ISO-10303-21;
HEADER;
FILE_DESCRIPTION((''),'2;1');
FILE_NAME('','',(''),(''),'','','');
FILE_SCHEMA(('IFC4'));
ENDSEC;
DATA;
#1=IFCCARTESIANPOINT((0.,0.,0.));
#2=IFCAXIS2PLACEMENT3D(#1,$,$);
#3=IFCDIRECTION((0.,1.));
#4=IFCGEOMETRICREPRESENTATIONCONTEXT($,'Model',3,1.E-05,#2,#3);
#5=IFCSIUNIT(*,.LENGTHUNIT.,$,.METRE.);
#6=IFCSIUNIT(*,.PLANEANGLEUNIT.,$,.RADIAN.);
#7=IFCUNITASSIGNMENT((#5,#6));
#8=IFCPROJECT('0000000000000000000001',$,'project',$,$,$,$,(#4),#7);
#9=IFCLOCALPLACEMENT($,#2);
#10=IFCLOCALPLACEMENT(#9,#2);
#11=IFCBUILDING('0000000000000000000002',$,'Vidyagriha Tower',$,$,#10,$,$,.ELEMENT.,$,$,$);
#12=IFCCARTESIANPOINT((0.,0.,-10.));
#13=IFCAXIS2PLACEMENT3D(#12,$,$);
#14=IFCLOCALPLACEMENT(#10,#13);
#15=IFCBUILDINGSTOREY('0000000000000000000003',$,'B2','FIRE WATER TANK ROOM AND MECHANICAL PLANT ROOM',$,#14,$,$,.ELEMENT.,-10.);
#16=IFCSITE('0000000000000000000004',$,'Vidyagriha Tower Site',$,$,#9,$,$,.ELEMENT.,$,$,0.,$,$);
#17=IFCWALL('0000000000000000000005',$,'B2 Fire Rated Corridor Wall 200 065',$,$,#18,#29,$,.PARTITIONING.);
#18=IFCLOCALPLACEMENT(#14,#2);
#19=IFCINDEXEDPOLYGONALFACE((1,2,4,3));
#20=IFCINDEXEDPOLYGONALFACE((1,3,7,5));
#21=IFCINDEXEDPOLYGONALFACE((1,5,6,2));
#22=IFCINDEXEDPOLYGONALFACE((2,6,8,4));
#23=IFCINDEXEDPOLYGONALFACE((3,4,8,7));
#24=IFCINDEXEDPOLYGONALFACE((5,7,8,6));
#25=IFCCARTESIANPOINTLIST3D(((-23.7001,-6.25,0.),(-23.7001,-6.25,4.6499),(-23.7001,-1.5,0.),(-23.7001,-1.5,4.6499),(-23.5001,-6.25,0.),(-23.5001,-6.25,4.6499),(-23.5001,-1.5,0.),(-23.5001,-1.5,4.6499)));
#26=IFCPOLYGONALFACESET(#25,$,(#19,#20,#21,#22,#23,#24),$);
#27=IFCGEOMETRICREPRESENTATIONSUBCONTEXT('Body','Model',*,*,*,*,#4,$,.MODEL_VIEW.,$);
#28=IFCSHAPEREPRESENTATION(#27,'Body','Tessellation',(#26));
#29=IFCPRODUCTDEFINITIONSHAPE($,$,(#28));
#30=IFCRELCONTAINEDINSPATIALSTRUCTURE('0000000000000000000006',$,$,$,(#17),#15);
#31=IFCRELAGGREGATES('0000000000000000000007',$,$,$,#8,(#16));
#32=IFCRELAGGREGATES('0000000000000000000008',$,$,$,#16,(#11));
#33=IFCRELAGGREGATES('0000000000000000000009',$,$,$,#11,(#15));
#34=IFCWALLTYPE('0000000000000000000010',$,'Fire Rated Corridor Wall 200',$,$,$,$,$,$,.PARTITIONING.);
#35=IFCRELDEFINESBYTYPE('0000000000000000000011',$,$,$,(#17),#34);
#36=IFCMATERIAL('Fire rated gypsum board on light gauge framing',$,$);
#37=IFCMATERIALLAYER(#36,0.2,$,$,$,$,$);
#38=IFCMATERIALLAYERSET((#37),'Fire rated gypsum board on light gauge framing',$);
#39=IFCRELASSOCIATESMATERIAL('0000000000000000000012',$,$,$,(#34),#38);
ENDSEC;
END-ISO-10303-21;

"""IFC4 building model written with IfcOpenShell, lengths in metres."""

from ifc_helpers import new_model, si_unit, direction, frame, frame_2d, origin, place, context, subcontext, project, spatial, rectangle, extrude, material, layer, layer_set, type_object, element, save


model = new_model("IFC4")

# Units and contexts
model_context = context("Model", 3, precision=1e-05, world=origin(), true_north=direction((0.0, 1.0)))
body_context = subcontext(model_context, "Body", "Model", "MODEL_VIEW")
ifc_project = project(units=[si_unit("LENGTHUNIT", "METRE"), si_unit("PLANEANGLEUNIT", "RADIAN")], contexts=[model_context])

# Site, building, storey
site_placement = place(None, origin())
site = spatial("IfcSite", under=ifc_project, at=site_placement, Name="Vidyagriha Tower Site", CompositionType="ELEMENT", RefElevation=0.0)
building_placement = place(site_placement, origin())
building = spatial("IfcBuilding", under=site, at=building_placement, Name="Vidyagriha Tower", CompositionType="ELEMENT")
storey_placement = place(building_placement, frame((0.0, 0.0, -10.0)))
storey = spatial("IfcBuildingStorey", under=building, at=storey_placement, Name="B2", Description="FIRE WATER TANK ROOM AND MECHANICAL PLANT ROOM", CompositionType="ELEMENT", Elevation=-10.0)

# Shared definitions
ifc_material_1 = material(Name="Fire rated gypsum board on light gauge framing")
ifc_layer = layer(ifc_material_1, 0.2)
ifc_layer_set = layer_set([ifc_layer], Name="Fire rated gypsum board on light gauge framing")
wall_type = type_object("IfcWallType", Name="Fire Rated Corridor Wall 200", PredefinedType="PARTITIONING", material=ifc_layer_set)

# Wall
wall_1_placement = place(storey_placement, frame((-23.6001, -6.25, 0.0), z_axis=(0.0, 0.0, 1.0), x_axis=(0.0, 1.0, 0.0)))
element("IfcWall", 1, at=wall_1_placement, inside=storey, type_object=wall_type, Name="B2 Fire Rated Corridor Wall 200 065", PredefinedType="PARTITIONING", context=body_context, shape_type="SweptSolid", body=[
    extrude(rectangle(XDim=4.75, YDim=0.2, at=frame_2d((2.375, 0.0))), origin(), (0.0, 0.0, 1.0), 4.6499),
])

save(model, "model.ifc")
